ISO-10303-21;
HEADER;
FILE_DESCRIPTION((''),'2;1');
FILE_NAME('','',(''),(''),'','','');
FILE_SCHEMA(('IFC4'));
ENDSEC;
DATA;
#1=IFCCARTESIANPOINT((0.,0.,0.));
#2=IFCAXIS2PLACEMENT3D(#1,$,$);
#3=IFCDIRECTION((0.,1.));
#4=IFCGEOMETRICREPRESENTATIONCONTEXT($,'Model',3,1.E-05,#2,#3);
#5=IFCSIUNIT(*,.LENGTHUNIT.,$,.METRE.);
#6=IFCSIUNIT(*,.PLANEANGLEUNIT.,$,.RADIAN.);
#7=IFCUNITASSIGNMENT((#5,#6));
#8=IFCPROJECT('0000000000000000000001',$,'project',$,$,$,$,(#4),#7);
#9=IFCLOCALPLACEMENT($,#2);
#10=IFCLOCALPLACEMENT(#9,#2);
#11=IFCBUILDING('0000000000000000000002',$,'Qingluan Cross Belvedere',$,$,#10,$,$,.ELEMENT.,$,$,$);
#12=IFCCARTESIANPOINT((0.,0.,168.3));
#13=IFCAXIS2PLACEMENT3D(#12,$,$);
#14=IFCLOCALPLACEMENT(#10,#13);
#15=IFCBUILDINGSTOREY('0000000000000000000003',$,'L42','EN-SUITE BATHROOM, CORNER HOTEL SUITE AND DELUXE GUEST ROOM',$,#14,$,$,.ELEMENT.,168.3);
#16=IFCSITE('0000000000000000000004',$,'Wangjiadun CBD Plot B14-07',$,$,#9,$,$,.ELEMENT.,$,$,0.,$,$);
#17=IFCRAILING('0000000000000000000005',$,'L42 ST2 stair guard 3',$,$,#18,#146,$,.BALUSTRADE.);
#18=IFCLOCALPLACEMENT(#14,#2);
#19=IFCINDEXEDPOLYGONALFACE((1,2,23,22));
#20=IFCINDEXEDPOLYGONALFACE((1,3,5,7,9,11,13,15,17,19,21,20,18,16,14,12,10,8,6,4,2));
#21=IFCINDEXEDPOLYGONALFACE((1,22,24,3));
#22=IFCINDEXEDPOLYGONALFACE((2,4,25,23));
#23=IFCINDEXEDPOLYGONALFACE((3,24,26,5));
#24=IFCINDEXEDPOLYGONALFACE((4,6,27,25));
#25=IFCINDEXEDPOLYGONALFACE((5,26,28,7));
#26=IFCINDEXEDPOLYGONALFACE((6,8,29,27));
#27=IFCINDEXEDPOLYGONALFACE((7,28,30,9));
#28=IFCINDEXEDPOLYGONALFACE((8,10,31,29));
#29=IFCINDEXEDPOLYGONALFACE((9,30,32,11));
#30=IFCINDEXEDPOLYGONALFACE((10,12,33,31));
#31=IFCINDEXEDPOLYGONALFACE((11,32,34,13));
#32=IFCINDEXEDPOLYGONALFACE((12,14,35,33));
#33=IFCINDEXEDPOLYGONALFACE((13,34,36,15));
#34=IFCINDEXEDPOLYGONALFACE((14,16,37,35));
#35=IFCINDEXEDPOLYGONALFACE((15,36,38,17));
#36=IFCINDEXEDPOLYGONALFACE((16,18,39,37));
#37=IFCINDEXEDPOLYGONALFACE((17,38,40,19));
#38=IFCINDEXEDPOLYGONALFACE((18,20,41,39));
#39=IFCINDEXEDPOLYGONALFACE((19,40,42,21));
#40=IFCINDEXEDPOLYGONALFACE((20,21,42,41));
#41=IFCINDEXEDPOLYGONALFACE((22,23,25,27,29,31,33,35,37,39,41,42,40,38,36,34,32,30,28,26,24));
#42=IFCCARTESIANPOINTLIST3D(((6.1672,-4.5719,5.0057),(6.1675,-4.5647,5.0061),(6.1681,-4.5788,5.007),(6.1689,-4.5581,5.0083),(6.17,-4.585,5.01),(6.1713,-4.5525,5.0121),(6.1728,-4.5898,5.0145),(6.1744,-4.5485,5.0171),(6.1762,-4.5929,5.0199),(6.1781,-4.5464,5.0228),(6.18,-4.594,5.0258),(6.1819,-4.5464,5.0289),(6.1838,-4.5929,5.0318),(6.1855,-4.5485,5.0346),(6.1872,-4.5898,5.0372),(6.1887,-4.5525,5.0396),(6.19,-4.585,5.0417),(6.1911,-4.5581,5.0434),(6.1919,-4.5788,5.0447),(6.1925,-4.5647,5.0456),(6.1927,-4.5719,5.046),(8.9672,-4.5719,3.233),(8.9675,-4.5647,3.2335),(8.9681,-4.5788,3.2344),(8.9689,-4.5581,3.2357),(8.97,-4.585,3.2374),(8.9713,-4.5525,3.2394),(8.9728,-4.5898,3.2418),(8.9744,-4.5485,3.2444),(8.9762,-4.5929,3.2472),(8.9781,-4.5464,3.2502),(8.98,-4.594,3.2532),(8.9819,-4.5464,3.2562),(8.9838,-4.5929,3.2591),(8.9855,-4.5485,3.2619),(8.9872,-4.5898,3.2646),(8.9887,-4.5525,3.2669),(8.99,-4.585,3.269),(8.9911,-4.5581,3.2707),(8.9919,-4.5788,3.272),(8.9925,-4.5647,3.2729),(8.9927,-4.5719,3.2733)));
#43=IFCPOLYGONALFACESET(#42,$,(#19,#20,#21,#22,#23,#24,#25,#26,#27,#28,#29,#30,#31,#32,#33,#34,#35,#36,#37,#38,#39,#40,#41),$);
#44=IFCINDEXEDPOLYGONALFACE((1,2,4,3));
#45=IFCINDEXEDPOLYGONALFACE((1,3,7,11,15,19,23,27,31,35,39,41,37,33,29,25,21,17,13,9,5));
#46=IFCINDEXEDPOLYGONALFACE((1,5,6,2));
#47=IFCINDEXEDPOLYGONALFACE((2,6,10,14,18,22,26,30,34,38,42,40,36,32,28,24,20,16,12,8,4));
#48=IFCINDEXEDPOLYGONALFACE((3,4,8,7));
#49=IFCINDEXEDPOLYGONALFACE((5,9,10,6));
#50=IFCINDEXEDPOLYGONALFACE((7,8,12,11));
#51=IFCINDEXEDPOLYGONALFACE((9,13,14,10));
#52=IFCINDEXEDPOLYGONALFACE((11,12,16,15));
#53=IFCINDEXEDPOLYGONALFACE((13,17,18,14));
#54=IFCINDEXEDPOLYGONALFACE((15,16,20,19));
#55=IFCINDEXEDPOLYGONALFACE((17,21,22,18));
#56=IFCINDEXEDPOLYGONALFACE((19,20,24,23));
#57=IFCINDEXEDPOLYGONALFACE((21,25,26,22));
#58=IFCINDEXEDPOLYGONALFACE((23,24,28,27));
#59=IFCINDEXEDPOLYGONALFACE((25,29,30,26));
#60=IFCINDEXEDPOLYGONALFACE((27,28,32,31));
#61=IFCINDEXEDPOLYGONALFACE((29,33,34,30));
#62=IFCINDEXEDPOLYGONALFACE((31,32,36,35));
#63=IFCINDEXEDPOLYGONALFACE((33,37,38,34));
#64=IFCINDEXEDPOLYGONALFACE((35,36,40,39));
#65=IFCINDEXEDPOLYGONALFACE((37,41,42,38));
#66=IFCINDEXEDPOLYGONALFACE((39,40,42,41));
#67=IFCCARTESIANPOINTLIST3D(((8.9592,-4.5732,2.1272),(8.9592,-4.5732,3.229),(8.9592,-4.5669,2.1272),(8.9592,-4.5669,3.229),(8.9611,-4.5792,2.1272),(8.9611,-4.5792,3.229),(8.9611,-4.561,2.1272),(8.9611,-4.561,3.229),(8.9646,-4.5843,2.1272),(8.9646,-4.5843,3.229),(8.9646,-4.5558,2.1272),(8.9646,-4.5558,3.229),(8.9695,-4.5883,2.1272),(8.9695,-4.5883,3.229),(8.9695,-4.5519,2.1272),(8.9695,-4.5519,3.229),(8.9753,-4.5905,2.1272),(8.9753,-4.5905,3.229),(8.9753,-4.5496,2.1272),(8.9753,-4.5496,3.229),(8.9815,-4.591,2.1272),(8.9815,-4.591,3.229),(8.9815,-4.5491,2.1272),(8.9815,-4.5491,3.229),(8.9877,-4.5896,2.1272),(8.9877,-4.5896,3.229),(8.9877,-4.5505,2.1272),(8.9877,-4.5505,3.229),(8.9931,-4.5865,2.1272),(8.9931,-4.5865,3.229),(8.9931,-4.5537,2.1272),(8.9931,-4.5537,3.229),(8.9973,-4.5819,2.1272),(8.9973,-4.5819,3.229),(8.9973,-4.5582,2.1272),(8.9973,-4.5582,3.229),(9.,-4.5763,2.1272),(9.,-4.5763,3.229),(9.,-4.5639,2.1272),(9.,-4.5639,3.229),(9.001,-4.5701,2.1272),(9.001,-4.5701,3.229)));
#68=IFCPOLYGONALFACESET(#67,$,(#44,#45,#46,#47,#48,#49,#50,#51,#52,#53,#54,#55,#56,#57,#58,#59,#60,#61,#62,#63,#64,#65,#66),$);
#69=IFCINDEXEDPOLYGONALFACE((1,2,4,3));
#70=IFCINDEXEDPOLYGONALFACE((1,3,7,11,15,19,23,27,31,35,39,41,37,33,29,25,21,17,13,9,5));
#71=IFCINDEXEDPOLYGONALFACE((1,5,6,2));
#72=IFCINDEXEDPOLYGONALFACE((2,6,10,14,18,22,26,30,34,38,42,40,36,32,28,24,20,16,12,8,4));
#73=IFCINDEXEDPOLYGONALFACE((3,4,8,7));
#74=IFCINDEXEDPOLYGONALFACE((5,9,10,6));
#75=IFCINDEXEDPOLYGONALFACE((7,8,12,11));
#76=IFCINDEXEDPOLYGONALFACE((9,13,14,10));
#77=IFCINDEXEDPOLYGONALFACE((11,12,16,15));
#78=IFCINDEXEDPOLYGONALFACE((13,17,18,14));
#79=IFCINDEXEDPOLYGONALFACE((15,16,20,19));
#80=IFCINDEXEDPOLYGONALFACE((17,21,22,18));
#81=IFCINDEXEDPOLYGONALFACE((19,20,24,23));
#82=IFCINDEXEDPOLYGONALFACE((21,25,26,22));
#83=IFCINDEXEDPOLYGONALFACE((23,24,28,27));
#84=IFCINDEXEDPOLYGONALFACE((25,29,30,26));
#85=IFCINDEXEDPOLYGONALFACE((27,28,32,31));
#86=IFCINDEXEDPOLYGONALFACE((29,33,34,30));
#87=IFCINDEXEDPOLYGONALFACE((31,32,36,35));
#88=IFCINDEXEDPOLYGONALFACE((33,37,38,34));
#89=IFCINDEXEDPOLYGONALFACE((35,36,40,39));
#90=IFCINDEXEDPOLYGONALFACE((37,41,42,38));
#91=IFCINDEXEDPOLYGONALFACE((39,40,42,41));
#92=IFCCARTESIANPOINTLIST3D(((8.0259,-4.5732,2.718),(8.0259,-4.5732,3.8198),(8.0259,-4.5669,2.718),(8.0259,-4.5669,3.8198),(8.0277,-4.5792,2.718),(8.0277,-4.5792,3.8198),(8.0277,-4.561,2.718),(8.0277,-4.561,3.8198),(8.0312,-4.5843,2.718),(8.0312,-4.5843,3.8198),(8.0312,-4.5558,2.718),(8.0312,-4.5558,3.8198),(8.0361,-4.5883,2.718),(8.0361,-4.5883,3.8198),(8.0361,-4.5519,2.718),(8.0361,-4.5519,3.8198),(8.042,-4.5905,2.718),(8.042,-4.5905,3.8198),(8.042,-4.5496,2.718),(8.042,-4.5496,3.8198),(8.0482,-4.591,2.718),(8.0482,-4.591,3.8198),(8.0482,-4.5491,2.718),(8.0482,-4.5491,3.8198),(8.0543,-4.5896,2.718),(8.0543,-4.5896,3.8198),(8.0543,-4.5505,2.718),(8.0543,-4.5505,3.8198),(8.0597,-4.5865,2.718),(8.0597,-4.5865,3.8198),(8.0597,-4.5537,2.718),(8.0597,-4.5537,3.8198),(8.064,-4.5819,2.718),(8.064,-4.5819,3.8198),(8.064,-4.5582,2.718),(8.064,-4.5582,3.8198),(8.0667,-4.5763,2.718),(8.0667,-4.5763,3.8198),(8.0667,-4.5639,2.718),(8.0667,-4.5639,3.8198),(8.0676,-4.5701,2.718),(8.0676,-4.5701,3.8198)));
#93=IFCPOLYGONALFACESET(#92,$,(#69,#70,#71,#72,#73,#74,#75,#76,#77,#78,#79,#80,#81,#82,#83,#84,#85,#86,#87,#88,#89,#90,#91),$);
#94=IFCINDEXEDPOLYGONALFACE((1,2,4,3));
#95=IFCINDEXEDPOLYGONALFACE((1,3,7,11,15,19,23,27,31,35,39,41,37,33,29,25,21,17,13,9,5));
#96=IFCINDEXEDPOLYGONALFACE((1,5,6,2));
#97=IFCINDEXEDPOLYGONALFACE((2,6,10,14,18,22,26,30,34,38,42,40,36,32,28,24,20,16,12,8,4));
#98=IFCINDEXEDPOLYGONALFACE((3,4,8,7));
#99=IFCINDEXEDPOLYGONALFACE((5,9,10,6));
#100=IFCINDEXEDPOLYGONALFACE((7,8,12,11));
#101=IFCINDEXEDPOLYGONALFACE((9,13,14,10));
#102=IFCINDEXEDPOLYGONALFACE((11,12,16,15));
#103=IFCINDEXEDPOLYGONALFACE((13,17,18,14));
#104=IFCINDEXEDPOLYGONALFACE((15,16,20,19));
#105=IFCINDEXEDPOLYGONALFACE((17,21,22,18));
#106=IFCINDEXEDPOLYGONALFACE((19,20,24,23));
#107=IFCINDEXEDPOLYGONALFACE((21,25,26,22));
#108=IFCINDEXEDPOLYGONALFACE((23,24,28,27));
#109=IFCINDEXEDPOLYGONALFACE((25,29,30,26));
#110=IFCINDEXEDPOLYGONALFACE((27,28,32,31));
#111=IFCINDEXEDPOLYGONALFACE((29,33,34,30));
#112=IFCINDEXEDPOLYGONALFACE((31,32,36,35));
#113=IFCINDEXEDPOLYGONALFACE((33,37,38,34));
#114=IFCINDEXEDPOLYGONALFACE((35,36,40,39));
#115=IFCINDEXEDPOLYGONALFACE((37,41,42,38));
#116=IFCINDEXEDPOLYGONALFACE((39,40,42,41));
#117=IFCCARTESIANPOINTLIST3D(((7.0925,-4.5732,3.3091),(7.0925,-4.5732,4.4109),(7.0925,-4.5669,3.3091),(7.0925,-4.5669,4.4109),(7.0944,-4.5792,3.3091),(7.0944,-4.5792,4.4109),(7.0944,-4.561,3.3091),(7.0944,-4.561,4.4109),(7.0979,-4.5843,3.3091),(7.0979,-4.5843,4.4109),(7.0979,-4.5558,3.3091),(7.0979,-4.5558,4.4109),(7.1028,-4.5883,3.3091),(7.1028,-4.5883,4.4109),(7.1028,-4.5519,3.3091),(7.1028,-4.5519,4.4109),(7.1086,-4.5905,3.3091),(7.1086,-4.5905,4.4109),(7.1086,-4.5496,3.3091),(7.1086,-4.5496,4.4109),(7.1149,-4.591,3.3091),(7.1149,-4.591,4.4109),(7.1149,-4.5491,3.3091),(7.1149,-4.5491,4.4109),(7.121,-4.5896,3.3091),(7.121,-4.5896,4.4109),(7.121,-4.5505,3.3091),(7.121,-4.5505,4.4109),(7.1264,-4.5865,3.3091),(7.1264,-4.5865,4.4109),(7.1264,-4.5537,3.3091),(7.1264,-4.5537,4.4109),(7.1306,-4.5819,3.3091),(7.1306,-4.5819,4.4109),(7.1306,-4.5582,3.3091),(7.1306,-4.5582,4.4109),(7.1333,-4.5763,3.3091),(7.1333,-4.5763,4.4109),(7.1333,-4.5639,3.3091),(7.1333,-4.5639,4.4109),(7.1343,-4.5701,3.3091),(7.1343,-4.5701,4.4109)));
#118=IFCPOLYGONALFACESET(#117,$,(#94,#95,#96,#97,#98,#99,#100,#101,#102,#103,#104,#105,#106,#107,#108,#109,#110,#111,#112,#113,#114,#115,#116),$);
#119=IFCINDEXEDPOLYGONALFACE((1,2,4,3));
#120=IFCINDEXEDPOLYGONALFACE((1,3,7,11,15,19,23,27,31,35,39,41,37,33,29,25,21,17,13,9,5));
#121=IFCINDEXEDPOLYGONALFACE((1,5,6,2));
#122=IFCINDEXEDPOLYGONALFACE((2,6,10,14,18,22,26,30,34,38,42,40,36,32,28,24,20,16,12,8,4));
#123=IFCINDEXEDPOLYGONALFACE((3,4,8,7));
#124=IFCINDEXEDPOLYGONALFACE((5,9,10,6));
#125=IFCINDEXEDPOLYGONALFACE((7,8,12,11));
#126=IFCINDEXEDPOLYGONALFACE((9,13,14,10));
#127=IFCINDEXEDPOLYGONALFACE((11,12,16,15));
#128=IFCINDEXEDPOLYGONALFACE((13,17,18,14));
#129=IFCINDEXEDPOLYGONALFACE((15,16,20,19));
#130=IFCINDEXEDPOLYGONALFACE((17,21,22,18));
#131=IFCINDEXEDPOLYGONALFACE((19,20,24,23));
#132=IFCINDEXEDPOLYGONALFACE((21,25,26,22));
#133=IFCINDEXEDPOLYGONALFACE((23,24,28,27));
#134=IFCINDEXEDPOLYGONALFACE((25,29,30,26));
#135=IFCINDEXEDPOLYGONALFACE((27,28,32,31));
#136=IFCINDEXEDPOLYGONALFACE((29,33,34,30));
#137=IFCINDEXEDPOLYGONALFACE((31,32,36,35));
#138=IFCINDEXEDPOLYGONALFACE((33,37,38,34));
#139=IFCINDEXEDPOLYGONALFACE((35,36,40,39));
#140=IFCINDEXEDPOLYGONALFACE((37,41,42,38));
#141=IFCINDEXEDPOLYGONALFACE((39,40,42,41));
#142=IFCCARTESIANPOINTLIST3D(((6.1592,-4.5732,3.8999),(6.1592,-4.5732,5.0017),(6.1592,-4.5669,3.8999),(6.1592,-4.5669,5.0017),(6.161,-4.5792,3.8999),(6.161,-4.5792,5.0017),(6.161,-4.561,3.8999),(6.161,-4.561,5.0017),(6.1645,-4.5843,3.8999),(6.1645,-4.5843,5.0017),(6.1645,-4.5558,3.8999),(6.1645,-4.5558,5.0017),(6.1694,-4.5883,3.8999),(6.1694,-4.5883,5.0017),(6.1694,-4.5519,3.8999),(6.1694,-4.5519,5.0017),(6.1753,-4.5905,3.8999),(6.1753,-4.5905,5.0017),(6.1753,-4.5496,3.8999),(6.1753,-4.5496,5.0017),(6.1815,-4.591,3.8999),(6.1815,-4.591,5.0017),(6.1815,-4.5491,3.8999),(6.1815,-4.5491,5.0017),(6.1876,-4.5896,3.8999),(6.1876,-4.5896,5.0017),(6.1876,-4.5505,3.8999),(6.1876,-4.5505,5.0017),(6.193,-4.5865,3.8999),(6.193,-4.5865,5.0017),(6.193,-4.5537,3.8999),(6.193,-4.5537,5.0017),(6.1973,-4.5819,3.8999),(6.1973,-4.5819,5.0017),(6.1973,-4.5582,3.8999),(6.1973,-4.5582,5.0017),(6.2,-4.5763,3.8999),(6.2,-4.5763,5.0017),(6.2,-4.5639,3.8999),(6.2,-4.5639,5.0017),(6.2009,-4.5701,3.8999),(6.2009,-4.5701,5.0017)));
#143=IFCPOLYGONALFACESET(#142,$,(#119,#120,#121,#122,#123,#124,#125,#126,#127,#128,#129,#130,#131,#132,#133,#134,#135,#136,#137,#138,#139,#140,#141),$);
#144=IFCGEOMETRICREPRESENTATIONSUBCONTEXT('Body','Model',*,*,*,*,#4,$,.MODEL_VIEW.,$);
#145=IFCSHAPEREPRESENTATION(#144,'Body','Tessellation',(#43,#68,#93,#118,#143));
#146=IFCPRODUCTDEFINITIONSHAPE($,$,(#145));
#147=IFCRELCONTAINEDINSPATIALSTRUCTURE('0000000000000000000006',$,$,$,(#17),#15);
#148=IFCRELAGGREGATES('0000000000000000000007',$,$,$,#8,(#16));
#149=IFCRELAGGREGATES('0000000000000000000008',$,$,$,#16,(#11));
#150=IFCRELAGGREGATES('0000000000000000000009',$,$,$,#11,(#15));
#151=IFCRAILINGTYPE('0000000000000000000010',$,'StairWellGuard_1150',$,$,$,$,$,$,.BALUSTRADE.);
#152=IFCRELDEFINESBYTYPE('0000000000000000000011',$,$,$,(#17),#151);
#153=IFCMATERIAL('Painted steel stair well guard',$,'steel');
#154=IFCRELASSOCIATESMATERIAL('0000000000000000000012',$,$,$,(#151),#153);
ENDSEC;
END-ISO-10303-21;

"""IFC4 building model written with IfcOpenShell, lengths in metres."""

from ifc_helpers import new_model, si_unit, direction, frame, origin, origin_2d, place, context, subcontext, project, spatial, circle, extrude, material, type_object, element, save


model = new_model("IFC4")

# Units and contexts
model_context = context("Model", 3, precision=1e-05, world=origin(), true_north=direction((0.0, 1.0)))
body_context = subcontext(model_context, "Body", "Model", "MODEL_VIEW")
ifc_project = project(units=[si_unit("LENGTHUNIT", "METRE"), si_unit("PLANEANGLEUNIT", "RADIAN")], contexts=[model_context])

# Site, building, storey
site_placement = place(None, origin())
site = spatial("IfcSite", under=ifc_project, at=site_placement, Name="Wangjiadun CBD Plot B14-07", CompositionType="ELEMENT", RefElevation=0.0)
building_placement = place(site_placement, origin())
building = spatial("IfcBuilding", under=site, at=building_placement, Name="Qingluan Cross Belvedere", CompositionType="ELEMENT")
storey_placement = place(building_placement, frame((0.0, 0.0, 168.3)))
storey = spatial("IfcBuildingStorey", under=building, at=storey_placement, Name="L42", Description="EN-SUITE BATHROOM, CORNER HOTEL SUITE AND DELUXE GUEST ROOM", CompositionType="ELEMENT", Elevation=168.3)

# Railing
ifc_material_1 = material(Name="Painted steel stair well guard", Category="steel")
railing_type_1 = type_object("IfcRailingType", Name="StairWellGuard_1150", PredefinedType="BALUSTRADE", material=ifc_material_1)
railing_1_placement = place(storey_placement, frame((8.98, -4.5701, 2.1272)))
element("IfcRailing", 1, at=railing_1_placement, inside=storey, type_object=railing_type_1, Name="L42 ST2 stair guard 3", PredefinedType="BALUSTRADE", context=body_context, shape_type="SweptSolid", body=[
    extrude(circle(Radius=0.0239, at=origin_2d()), frame((0.0, 0.0, 1.126), z_axis=(-0.844909, 0.0, 0.53491), x_axis=(0.0, -1.0, 0.0)), (0.0, 0.0, 1.0), 3.314),
    extrude(circle(Radius=0.021, at=origin_2d()), origin(), (0.0, 0.0, 1.0), 1.1018),
    extrude(circle(Radius=0.021, at=origin_2d()), frame((-0.9333, 0.0, 0.5908)), (0.0, 0.0, 1.0), 1.1018),
    extrude(circle(Radius=0.021, at=origin_2d()), frame((-1.8667, 0.0, 1.1819)), (0.0, 0.0, 1.0), 1.1018),
    extrude(circle(Radius=0.021, at=origin_2d()), frame((-2.8, 0.0, 1.7727)), (0.0, 0.0, 1.0), 1.1018),
])

save(model, "model.ifc")
